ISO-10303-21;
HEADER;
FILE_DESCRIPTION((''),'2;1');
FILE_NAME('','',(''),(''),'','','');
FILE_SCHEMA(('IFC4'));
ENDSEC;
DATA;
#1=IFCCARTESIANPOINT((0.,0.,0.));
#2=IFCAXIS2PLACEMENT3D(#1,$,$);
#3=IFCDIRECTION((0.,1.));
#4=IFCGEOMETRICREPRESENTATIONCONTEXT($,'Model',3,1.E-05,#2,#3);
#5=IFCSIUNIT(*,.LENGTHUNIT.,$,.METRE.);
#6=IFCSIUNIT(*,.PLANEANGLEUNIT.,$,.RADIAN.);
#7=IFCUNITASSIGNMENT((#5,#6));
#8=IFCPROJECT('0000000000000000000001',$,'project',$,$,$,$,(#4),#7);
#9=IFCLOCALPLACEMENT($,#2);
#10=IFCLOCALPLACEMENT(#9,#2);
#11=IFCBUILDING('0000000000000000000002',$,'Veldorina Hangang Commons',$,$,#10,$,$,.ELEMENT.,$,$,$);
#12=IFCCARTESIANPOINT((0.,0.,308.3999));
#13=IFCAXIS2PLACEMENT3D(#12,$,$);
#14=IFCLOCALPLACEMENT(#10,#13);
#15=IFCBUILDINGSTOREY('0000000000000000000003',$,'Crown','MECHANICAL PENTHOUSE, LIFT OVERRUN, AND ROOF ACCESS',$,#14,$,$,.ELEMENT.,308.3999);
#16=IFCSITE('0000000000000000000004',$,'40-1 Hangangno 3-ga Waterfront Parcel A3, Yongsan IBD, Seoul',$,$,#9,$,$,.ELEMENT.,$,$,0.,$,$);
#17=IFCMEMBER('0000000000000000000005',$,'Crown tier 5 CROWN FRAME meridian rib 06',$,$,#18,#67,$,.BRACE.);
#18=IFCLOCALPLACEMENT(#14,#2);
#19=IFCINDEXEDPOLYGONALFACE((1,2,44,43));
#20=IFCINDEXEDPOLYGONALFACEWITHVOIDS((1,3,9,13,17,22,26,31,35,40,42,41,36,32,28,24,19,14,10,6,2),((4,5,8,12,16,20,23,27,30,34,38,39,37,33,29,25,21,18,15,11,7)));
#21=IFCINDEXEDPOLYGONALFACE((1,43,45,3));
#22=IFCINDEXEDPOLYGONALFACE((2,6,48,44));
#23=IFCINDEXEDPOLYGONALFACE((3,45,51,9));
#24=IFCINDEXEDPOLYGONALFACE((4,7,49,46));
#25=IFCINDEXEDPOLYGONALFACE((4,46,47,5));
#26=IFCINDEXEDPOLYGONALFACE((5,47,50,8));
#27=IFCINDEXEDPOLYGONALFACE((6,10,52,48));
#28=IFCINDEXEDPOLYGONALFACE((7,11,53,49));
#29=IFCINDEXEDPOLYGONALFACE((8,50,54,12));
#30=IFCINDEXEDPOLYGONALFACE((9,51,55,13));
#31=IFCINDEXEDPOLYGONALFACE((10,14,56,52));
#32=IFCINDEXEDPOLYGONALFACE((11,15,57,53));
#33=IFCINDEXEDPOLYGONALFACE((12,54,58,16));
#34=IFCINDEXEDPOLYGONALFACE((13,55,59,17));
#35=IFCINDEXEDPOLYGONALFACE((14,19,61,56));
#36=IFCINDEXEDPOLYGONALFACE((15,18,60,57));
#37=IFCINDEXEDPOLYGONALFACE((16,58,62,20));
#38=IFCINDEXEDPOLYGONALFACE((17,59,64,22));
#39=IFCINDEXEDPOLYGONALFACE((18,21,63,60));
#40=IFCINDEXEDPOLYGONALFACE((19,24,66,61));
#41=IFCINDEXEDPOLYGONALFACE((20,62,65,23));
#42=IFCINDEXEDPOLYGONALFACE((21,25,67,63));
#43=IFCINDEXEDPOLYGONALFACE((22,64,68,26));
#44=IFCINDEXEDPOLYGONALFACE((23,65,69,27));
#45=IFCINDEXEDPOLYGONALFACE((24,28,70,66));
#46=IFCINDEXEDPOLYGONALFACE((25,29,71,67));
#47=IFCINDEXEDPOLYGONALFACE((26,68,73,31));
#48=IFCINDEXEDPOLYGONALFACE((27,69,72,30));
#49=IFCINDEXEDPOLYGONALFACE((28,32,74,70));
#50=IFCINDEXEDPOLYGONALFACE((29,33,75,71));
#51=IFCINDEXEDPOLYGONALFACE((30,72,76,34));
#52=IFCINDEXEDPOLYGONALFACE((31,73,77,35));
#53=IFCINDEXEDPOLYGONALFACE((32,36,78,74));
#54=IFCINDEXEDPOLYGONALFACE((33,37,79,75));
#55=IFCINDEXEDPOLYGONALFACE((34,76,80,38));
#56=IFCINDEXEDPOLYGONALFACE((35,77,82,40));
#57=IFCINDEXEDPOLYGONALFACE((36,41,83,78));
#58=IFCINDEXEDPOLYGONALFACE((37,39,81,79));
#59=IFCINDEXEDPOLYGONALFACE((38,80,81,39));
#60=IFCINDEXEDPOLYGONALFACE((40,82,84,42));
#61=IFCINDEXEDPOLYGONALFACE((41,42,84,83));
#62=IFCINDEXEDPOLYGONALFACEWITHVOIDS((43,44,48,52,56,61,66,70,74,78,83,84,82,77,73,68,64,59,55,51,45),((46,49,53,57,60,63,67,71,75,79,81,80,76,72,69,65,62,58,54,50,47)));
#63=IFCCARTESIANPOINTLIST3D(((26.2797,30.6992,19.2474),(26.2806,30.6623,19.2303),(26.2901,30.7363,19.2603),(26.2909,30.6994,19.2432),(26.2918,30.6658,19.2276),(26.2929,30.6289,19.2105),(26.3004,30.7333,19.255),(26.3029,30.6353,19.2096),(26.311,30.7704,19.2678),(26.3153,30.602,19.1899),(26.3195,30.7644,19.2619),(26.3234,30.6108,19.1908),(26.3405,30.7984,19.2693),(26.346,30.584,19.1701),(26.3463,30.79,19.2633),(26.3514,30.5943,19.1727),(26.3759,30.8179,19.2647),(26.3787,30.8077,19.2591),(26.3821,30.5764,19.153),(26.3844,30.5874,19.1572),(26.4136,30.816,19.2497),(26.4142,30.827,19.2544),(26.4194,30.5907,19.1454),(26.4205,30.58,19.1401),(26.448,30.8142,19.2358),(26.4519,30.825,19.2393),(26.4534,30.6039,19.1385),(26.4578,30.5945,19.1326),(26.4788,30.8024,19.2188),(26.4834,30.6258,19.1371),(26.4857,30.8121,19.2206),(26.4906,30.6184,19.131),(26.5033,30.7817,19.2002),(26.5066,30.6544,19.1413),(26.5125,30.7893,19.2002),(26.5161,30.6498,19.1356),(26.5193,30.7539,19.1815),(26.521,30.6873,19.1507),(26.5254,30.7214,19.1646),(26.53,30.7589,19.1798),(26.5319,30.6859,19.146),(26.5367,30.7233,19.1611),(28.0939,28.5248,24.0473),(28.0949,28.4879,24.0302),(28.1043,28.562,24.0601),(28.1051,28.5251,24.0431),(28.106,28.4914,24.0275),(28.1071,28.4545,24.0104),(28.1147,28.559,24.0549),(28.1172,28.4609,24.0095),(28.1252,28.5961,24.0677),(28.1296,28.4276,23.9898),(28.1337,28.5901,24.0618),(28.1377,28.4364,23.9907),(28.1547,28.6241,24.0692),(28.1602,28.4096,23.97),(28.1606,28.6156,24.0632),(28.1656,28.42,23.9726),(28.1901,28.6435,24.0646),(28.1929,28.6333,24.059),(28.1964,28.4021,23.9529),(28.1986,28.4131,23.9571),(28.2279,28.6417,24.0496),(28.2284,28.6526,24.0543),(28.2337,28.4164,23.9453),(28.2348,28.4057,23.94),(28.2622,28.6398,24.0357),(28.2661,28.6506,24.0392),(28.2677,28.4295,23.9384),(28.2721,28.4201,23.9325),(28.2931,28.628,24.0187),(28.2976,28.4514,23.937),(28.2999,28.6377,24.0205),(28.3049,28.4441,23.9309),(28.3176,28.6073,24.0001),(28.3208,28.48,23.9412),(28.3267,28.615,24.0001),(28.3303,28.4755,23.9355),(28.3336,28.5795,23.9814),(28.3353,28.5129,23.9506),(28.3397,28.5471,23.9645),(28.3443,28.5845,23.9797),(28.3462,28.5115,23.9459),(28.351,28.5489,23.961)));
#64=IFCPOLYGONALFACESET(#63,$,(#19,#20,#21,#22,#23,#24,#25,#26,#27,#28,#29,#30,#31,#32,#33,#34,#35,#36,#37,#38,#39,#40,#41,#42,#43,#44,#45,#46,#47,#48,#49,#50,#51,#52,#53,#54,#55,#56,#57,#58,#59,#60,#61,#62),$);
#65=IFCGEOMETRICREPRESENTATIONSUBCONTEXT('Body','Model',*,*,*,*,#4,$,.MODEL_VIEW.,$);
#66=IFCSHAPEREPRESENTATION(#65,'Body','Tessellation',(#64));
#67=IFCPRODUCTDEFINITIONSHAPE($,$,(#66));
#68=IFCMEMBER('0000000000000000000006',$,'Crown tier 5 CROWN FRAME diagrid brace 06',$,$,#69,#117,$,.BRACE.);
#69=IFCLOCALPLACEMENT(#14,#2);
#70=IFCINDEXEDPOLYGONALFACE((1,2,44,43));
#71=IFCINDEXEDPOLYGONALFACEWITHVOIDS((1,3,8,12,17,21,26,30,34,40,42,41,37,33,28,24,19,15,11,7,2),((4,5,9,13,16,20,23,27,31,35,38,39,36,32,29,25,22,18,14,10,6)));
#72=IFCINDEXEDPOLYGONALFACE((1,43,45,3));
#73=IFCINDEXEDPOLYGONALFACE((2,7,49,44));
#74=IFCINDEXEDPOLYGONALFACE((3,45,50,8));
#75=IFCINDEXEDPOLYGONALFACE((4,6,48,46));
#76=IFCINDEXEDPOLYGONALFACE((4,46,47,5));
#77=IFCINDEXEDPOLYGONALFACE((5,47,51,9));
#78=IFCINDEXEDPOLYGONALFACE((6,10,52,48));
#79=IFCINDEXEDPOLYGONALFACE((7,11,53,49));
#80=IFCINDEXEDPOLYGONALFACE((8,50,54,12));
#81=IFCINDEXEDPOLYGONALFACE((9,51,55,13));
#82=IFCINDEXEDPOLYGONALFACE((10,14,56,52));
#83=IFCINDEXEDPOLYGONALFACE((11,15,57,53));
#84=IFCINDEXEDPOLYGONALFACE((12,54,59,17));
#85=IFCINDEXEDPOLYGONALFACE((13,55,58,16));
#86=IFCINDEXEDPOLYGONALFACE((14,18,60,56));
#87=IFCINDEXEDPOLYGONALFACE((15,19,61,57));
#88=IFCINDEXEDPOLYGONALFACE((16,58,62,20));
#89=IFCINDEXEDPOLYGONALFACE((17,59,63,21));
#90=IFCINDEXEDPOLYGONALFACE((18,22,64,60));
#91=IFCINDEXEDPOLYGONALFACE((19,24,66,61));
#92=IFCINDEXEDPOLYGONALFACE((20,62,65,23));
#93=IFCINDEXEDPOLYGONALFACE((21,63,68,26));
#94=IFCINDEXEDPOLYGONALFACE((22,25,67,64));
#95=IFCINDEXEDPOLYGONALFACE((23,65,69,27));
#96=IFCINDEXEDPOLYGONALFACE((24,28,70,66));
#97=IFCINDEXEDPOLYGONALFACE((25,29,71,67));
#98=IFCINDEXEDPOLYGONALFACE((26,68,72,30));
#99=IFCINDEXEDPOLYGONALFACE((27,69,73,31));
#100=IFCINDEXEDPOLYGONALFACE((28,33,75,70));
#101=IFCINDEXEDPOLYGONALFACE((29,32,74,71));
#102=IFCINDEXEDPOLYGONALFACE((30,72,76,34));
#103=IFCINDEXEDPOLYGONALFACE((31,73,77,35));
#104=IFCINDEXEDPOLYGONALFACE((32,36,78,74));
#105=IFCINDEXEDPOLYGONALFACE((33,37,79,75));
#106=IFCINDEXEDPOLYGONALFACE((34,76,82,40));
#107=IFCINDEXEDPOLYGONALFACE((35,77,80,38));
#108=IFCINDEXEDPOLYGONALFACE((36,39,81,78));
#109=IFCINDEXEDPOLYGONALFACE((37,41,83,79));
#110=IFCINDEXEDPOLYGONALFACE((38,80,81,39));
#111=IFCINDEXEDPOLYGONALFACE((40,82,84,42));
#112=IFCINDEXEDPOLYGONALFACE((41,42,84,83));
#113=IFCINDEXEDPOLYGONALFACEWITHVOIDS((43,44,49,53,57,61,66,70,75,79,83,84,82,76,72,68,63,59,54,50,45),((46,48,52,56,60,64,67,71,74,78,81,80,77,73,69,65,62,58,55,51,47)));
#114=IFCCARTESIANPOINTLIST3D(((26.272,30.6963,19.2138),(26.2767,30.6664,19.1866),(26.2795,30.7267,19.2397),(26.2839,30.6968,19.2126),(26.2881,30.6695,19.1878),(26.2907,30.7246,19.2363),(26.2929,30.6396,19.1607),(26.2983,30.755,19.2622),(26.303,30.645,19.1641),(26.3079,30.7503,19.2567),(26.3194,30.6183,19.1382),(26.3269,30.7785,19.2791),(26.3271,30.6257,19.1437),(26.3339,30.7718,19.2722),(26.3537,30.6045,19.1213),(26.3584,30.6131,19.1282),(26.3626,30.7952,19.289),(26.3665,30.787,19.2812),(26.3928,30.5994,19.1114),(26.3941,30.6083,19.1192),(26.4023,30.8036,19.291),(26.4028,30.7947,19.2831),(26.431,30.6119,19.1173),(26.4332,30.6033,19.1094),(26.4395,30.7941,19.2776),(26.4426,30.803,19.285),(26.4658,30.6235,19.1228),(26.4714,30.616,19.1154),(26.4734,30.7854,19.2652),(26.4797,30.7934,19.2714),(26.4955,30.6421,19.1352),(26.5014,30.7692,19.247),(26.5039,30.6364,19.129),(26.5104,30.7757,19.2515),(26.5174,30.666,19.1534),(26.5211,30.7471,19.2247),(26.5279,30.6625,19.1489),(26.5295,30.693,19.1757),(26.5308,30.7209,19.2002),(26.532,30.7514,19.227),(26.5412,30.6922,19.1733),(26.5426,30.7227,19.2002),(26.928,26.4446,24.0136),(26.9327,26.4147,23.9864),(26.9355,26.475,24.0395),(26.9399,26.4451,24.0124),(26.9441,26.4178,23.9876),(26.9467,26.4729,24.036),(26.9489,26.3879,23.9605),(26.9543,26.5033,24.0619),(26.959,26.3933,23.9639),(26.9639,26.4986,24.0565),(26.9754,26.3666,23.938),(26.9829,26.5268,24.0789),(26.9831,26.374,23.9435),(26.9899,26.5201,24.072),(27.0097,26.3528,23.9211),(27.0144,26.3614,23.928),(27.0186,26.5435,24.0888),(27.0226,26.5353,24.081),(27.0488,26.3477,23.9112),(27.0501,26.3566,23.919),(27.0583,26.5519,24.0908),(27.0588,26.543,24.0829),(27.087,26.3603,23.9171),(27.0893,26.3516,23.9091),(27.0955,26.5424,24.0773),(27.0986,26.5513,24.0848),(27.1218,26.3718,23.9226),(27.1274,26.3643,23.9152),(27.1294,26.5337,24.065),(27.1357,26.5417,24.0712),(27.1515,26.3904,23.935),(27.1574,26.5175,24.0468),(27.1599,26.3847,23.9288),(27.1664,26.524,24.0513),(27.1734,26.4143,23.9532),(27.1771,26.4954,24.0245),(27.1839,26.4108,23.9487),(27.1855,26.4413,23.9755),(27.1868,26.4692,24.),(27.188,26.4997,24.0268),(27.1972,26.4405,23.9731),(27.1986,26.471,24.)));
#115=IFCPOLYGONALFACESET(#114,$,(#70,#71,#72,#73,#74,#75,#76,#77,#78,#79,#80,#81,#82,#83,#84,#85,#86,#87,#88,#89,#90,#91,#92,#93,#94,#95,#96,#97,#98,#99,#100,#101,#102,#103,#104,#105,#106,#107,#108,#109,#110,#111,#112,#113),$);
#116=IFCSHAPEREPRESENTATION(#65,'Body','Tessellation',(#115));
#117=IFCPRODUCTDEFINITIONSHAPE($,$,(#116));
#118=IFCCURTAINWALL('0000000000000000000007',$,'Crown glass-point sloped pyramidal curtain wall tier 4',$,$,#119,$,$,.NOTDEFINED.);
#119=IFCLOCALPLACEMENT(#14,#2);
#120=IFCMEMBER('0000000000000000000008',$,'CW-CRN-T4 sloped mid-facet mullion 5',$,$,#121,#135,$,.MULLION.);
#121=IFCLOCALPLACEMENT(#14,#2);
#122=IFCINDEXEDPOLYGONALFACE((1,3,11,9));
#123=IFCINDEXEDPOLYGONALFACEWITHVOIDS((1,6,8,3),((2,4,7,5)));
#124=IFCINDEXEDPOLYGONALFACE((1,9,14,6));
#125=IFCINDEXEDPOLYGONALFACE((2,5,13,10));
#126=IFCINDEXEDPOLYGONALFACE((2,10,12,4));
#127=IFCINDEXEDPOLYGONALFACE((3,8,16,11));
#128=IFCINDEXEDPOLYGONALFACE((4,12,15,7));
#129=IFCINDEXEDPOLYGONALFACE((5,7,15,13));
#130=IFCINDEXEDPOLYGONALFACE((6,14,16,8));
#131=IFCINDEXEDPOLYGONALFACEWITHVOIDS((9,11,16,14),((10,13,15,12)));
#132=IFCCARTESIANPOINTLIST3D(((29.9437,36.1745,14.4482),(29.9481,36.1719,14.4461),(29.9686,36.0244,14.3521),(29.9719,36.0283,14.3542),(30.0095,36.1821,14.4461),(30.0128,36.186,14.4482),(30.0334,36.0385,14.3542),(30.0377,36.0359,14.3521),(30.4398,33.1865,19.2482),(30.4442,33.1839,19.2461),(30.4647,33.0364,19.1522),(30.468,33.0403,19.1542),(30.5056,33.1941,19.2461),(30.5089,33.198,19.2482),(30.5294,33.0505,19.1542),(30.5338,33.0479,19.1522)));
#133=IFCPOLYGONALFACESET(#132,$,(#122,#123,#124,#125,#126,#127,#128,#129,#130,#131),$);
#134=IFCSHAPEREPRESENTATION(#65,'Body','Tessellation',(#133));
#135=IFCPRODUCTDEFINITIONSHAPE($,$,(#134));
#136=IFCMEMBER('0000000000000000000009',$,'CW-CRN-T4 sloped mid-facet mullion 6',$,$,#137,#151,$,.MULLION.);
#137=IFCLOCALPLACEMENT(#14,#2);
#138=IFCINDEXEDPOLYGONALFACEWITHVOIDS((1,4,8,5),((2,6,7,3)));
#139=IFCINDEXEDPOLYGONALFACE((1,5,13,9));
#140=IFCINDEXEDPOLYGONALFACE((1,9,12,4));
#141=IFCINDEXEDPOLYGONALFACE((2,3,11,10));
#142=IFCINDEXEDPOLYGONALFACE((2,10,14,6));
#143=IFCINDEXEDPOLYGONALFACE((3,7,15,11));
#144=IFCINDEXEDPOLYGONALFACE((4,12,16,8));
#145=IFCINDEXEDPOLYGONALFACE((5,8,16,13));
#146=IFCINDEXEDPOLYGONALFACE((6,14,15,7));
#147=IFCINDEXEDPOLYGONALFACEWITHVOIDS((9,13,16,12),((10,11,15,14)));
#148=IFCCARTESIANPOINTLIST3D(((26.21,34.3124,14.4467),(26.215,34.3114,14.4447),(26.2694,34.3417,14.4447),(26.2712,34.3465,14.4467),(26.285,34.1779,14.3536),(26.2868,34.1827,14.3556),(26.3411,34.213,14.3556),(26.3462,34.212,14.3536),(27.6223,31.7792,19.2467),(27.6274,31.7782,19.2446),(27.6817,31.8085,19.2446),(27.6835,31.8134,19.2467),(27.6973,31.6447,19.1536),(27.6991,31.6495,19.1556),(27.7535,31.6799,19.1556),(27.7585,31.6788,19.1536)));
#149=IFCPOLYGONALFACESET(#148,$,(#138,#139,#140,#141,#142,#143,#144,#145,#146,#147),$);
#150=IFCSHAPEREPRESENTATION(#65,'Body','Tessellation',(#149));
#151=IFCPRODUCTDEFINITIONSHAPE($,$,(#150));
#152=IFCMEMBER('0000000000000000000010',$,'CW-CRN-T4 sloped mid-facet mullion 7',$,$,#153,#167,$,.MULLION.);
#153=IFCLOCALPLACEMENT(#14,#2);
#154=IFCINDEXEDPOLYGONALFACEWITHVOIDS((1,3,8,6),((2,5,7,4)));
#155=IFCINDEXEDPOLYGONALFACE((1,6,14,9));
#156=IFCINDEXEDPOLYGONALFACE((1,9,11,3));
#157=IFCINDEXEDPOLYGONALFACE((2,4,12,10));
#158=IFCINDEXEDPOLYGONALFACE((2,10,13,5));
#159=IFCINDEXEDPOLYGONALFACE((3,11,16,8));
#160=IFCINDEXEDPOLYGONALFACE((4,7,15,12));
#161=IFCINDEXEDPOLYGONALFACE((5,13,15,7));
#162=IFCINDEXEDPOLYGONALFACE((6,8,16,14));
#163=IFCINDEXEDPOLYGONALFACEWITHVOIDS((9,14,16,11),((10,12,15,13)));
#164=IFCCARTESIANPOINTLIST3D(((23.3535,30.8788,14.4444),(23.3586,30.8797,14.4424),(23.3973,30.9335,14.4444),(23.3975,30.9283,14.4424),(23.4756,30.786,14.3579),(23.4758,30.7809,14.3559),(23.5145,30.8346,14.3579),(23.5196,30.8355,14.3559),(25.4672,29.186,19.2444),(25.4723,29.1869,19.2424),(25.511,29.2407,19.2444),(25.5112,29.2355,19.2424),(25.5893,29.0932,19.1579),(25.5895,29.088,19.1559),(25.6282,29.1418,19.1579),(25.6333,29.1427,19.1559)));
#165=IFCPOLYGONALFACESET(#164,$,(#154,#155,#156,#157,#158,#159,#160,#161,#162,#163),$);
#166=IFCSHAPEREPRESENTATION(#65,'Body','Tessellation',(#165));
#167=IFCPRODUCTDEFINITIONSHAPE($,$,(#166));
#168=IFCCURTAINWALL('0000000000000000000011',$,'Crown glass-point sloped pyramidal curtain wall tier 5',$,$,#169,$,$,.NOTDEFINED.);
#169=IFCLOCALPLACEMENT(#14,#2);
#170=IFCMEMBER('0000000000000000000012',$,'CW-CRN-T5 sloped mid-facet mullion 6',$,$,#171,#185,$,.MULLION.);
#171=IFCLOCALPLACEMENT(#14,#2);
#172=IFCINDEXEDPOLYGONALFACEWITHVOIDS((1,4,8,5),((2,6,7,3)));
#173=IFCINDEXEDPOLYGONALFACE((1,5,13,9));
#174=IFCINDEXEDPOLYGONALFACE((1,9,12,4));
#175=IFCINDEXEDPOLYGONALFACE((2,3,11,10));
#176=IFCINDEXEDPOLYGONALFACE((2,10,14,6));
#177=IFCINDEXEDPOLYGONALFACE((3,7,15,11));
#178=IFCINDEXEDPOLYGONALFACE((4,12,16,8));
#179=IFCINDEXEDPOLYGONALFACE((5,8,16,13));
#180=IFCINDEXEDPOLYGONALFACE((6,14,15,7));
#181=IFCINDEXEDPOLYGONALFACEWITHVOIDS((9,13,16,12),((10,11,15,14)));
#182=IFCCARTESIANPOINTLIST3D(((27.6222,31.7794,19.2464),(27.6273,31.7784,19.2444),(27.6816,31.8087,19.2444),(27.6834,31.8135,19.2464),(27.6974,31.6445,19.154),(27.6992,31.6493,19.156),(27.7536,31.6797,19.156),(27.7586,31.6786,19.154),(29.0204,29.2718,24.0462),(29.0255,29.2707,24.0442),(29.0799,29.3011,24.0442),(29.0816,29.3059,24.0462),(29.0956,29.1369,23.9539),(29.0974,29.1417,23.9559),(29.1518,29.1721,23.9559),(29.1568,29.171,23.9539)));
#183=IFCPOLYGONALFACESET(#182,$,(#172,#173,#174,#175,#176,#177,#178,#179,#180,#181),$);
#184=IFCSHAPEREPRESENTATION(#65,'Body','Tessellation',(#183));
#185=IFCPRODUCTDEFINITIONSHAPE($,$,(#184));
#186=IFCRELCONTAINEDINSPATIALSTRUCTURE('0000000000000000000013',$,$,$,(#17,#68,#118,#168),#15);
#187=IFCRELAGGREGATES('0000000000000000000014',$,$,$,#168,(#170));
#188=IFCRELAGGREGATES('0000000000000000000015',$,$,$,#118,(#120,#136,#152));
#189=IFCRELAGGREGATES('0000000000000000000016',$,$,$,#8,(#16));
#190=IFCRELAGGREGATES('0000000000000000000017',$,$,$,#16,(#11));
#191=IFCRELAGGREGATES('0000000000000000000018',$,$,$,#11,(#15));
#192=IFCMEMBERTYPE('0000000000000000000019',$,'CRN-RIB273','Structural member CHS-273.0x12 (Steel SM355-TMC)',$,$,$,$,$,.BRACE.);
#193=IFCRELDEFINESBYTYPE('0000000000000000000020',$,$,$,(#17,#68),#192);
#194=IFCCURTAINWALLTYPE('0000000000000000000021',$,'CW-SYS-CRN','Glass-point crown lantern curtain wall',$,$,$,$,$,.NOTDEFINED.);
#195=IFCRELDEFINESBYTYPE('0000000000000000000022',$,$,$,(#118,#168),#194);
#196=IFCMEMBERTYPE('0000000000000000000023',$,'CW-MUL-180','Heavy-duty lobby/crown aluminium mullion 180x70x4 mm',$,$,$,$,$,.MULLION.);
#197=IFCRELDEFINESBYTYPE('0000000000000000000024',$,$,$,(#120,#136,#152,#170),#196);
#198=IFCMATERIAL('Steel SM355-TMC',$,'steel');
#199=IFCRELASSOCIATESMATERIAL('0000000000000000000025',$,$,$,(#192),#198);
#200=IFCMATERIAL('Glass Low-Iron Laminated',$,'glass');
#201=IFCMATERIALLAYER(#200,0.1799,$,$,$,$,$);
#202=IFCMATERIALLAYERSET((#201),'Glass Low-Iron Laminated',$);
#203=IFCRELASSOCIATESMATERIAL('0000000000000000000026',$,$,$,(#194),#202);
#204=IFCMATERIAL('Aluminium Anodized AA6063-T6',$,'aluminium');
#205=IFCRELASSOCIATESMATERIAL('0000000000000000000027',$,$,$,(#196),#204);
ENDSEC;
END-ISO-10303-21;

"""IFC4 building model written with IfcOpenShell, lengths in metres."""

from ifc_helpers import new_model, si_unit, direction, frame, origin, origin_2d, place, context, subcontext, project, spatial, hollow_rectangle, hollow_circle, extrude, material, layer, layer_set, material_profile, profile_set, type_object, element, aggregate, save


model = new_model("IFC4")

# Units and contexts
model_context = context("Model", 3, precision=1e-05, world=origin(), true_north=direction((0.0, 1.0)))
body_context = subcontext(model_context, "Body", "Model", "MODEL_VIEW")
ifc_project = project(units=[si_unit("LENGTHUNIT", "METRE"), si_unit("PLANEANGLEUNIT", "RADIAN")], contexts=[model_context])

# Site, building, storey
site_placement = place(None, origin())
site = spatial("IfcSite", under=ifc_project, at=site_placement, Name="40-1 Hangangno 3-ga Waterfront Parcel A3, Yongsan IBD, Seoul", CompositionType="ELEMENT", RefElevation=0.0)
building_placement = place(site_placement, origin())
building = spatial("IfcBuilding", under=site, at=building_placement, Name="Veldorina Hangang Commons", CompositionType="ELEMENT")
storey_placement = place(building_placement, frame((0.0, 0.0, 308.3999)))
storey = spatial("IfcBuildingStorey", under=building, at=storey_placement, Name="Crown", Description="MECHANICAL PENTHOUSE, LIFT OVERRUN, AND ROOF ACCESS", CompositionType="ELEMENT", Elevation=308.3999)

# Members
ifc_material_1 = material(Name="Steel SM355-TMC", Category="steel")
ifc_material_profile_1 = material_profile(ifc_material_1, hollow_circle(Radius=0.1365, WallThickness=0.012, at=origin_2d()), Name="CHS-273.0x12")
ifc_profile_set_1 = profile_set([ifc_material_profile_1], Name="Steel SM355-TMC")
member_type_1 = type_object("IfcMemberType", Name="CRN-RIB273", Description="Structural member CHS-273.0x12 (Steel SM355-TMC)", PredefinedType="BRACE", material=ifc_profile_set_1)
member_1_placement = place(storey_placement, frame((26.4077, 30.7019, 19.2002), z_axis=(0.325542, -0.390159, 0.861277), x_axis=(0.767825, 0.640659, 0.0)))
element("IfcMember", 1, at=member_1_placement, inside=storey, type_object=member_type_1, Name="Crown tier 5 CROWN FRAME meridian rib 06", PredefinedType="BRACE", context=body_context, shape_type="SweptSolid", body=[
    extrude(hollow_circle(Radius=0.1365, WallThickness=0.012, at=origin_2d()), origin(), (0.0, 0.0, 1.0), 5.573),
])
member_2_placement = place(storey_placement, frame((26.4077, 30.7019, 19.2002), z_axis=(0.101776, -0.659632, 0.744666), x_axis=(0.988305, 0.152488, 0.0)))
element("IfcMember", 2, at=member_2_placement, inside=storey, type_object=member_type_1, Name="Crown tier 5 CROWN FRAME diagrid brace 06", PredefinedType="BRACE", context=body_context, shape_type="SweptSolid", body=[
    extrude(hollow_circle(Radius=0.1365, WallThickness=0.012, at=origin_2d()), origin(), (0.0, 0.0, 1.0), 6.4456),
])

# Curtain wall, members
ifc_material_2 = material(Name="Glass Low-Iron Laminated", Category="glass")
ifc_layer_1 = layer(ifc_material_2, 0.1799)
ifc_layer_set_1 = layer_set([ifc_layer_1], Name="Glass Low-Iron Laminated")
curtain_wall_type = type_object("IfcCurtainWallType", Name="CW-SYS-CRN", Description="Glass-point crown lantern curtain wall", PredefinedType="NOTDEFINED", material=ifc_layer_set_1)
curtain_wall_1_placement = place(storey_placement, origin())
curtain_wall_1 = element("IfcCurtainWall", 3, at=curtain_wall_1_placement, inside=storey, type_object=curtain_wall_type, Name="Crown glass-point sloped pyramidal curtain wall tier 4", PredefinedType="NOTDEFINED")
ifc_material_3 = material(Name="Aluminium Anodized AA6063-T6", Category="aluminium")
ifc_material_profile_2 = material_profile(ifc_material_3, hollow_rectangle(XDim=0.0701, YDim=0.1799, WallThickness=0.0039, at=origin_2d()), Name="ALU-RHS-180x70x4")
ifc_profile_set_2 = profile_set([ifc_material_profile_2], Name="Aluminium Anodized AA6063-T6")
member_type_2 = type_object("IfcMemberType", Name="CW-MUL-180", Description="Heavy-duty lobby/crown aluminium mullion 180x70x4 mm", PredefinedType="MULLION", material=ifc_profile_set_2)
member_3_placement = place(storey_placement, frame((29.9907, 36.1052, 14.4001), z_axis=(0.087405, -0.52645, 0.845701), x_axis=(0.986496, 0.163785, 0.0)))
member_3 = element("IfcMember", 4, at=member_3_placement, type_object=member_type_2, Name="CW-CRN-T4 sloped mid-facet mullion 5", PredefinedType="MULLION", context=body_context, shape_type="SweptSolid", body=[
    extrude(hollow_rectangle(XDim=0.0701, YDim=0.1799, WallThickness=0.0039, at=origin_2d()), origin(), (0.0, 0.0, 1.0), 5.6758),
])
member_4_placement = place(storey_placement, frame((26.2781, 34.2622, 14.4001), z_axis=(0.251836, -0.451693, 0.855893), x_axis=(0.873422, 0.486965, 0.0)))
member_4 = element("IfcMember", 5, at=member_4_placement, type_object=member_type_2, Name="CW-CRN-T4 sloped mid-facet mullion 6", PredefinedType="MULLION", context=body_context, shape_type="SweptSolid", body=[
    extrude(hollow_rectangle(XDim=0.0701, YDim=0.1799, WallThickness=0.0039, at=origin_2d()), origin(), (0.0, 0.0, 1.0), 5.6082),
])
member_5_placement = place(storey_placement, frame((23.4365, 30.8572, 14.4001), z_axis=(0.383535, -0.307164, 0.870949), x_axis=(0.625113, 0.780534, 0.0)))
member_5 = element("IfcMember", 6, at=member_5_placement, type_object=member_type_2, Name="CW-CRN-T4 sloped mid-facet mullion 7", PredefinedType="MULLION", context=body_context, shape_type="SweptSolid", body=[
    extrude(hollow_rectangle(XDim=0.0701, YDim=0.1799, WallThickness=0.0039, at=origin_2d()), origin(), (0.0, 0.0, 1.0), 5.5112),
])

# Curtain wall, member
curtain_wall_2_placement = place(storey_placement, origin())
curtain_wall_2 = element("IfcCurtainWall", 7, at=curtain_wall_2_placement, inside=storey, type_object=curtain_wall_type, Name="Crown glass-point sloped pyramidal curtain wall tier 5", PredefinedType="NOTDEFINED")
member_6_placement = place(storey_placement, frame((27.6904, 31.729, 19.2002), z_axis=(0.249993, -0.448345, 0.85819), x_axis=(0.873402, 0.487, 0.0)))
member_6 = element("IfcMember", 8, at=member_6_placement, type_object=member_type_2, Name="CW-CRN-T5 sloped mid-facet mullion 6", PredefinedType="MULLION", context=body_context, shape_type="SweptSolid", body=[
    extrude(hollow_rectangle(XDim=0.0701, YDim=0.1799, WallThickness=0.0039, at=origin_2d()), origin(), (0.0, 0.0, 1.0), 5.593),
])
aggregate(curtain_wall_2, [member_6])

aggregate(curtain_wall_1, [member_3, member_4, member_5])

save(model, "model.ifc")
